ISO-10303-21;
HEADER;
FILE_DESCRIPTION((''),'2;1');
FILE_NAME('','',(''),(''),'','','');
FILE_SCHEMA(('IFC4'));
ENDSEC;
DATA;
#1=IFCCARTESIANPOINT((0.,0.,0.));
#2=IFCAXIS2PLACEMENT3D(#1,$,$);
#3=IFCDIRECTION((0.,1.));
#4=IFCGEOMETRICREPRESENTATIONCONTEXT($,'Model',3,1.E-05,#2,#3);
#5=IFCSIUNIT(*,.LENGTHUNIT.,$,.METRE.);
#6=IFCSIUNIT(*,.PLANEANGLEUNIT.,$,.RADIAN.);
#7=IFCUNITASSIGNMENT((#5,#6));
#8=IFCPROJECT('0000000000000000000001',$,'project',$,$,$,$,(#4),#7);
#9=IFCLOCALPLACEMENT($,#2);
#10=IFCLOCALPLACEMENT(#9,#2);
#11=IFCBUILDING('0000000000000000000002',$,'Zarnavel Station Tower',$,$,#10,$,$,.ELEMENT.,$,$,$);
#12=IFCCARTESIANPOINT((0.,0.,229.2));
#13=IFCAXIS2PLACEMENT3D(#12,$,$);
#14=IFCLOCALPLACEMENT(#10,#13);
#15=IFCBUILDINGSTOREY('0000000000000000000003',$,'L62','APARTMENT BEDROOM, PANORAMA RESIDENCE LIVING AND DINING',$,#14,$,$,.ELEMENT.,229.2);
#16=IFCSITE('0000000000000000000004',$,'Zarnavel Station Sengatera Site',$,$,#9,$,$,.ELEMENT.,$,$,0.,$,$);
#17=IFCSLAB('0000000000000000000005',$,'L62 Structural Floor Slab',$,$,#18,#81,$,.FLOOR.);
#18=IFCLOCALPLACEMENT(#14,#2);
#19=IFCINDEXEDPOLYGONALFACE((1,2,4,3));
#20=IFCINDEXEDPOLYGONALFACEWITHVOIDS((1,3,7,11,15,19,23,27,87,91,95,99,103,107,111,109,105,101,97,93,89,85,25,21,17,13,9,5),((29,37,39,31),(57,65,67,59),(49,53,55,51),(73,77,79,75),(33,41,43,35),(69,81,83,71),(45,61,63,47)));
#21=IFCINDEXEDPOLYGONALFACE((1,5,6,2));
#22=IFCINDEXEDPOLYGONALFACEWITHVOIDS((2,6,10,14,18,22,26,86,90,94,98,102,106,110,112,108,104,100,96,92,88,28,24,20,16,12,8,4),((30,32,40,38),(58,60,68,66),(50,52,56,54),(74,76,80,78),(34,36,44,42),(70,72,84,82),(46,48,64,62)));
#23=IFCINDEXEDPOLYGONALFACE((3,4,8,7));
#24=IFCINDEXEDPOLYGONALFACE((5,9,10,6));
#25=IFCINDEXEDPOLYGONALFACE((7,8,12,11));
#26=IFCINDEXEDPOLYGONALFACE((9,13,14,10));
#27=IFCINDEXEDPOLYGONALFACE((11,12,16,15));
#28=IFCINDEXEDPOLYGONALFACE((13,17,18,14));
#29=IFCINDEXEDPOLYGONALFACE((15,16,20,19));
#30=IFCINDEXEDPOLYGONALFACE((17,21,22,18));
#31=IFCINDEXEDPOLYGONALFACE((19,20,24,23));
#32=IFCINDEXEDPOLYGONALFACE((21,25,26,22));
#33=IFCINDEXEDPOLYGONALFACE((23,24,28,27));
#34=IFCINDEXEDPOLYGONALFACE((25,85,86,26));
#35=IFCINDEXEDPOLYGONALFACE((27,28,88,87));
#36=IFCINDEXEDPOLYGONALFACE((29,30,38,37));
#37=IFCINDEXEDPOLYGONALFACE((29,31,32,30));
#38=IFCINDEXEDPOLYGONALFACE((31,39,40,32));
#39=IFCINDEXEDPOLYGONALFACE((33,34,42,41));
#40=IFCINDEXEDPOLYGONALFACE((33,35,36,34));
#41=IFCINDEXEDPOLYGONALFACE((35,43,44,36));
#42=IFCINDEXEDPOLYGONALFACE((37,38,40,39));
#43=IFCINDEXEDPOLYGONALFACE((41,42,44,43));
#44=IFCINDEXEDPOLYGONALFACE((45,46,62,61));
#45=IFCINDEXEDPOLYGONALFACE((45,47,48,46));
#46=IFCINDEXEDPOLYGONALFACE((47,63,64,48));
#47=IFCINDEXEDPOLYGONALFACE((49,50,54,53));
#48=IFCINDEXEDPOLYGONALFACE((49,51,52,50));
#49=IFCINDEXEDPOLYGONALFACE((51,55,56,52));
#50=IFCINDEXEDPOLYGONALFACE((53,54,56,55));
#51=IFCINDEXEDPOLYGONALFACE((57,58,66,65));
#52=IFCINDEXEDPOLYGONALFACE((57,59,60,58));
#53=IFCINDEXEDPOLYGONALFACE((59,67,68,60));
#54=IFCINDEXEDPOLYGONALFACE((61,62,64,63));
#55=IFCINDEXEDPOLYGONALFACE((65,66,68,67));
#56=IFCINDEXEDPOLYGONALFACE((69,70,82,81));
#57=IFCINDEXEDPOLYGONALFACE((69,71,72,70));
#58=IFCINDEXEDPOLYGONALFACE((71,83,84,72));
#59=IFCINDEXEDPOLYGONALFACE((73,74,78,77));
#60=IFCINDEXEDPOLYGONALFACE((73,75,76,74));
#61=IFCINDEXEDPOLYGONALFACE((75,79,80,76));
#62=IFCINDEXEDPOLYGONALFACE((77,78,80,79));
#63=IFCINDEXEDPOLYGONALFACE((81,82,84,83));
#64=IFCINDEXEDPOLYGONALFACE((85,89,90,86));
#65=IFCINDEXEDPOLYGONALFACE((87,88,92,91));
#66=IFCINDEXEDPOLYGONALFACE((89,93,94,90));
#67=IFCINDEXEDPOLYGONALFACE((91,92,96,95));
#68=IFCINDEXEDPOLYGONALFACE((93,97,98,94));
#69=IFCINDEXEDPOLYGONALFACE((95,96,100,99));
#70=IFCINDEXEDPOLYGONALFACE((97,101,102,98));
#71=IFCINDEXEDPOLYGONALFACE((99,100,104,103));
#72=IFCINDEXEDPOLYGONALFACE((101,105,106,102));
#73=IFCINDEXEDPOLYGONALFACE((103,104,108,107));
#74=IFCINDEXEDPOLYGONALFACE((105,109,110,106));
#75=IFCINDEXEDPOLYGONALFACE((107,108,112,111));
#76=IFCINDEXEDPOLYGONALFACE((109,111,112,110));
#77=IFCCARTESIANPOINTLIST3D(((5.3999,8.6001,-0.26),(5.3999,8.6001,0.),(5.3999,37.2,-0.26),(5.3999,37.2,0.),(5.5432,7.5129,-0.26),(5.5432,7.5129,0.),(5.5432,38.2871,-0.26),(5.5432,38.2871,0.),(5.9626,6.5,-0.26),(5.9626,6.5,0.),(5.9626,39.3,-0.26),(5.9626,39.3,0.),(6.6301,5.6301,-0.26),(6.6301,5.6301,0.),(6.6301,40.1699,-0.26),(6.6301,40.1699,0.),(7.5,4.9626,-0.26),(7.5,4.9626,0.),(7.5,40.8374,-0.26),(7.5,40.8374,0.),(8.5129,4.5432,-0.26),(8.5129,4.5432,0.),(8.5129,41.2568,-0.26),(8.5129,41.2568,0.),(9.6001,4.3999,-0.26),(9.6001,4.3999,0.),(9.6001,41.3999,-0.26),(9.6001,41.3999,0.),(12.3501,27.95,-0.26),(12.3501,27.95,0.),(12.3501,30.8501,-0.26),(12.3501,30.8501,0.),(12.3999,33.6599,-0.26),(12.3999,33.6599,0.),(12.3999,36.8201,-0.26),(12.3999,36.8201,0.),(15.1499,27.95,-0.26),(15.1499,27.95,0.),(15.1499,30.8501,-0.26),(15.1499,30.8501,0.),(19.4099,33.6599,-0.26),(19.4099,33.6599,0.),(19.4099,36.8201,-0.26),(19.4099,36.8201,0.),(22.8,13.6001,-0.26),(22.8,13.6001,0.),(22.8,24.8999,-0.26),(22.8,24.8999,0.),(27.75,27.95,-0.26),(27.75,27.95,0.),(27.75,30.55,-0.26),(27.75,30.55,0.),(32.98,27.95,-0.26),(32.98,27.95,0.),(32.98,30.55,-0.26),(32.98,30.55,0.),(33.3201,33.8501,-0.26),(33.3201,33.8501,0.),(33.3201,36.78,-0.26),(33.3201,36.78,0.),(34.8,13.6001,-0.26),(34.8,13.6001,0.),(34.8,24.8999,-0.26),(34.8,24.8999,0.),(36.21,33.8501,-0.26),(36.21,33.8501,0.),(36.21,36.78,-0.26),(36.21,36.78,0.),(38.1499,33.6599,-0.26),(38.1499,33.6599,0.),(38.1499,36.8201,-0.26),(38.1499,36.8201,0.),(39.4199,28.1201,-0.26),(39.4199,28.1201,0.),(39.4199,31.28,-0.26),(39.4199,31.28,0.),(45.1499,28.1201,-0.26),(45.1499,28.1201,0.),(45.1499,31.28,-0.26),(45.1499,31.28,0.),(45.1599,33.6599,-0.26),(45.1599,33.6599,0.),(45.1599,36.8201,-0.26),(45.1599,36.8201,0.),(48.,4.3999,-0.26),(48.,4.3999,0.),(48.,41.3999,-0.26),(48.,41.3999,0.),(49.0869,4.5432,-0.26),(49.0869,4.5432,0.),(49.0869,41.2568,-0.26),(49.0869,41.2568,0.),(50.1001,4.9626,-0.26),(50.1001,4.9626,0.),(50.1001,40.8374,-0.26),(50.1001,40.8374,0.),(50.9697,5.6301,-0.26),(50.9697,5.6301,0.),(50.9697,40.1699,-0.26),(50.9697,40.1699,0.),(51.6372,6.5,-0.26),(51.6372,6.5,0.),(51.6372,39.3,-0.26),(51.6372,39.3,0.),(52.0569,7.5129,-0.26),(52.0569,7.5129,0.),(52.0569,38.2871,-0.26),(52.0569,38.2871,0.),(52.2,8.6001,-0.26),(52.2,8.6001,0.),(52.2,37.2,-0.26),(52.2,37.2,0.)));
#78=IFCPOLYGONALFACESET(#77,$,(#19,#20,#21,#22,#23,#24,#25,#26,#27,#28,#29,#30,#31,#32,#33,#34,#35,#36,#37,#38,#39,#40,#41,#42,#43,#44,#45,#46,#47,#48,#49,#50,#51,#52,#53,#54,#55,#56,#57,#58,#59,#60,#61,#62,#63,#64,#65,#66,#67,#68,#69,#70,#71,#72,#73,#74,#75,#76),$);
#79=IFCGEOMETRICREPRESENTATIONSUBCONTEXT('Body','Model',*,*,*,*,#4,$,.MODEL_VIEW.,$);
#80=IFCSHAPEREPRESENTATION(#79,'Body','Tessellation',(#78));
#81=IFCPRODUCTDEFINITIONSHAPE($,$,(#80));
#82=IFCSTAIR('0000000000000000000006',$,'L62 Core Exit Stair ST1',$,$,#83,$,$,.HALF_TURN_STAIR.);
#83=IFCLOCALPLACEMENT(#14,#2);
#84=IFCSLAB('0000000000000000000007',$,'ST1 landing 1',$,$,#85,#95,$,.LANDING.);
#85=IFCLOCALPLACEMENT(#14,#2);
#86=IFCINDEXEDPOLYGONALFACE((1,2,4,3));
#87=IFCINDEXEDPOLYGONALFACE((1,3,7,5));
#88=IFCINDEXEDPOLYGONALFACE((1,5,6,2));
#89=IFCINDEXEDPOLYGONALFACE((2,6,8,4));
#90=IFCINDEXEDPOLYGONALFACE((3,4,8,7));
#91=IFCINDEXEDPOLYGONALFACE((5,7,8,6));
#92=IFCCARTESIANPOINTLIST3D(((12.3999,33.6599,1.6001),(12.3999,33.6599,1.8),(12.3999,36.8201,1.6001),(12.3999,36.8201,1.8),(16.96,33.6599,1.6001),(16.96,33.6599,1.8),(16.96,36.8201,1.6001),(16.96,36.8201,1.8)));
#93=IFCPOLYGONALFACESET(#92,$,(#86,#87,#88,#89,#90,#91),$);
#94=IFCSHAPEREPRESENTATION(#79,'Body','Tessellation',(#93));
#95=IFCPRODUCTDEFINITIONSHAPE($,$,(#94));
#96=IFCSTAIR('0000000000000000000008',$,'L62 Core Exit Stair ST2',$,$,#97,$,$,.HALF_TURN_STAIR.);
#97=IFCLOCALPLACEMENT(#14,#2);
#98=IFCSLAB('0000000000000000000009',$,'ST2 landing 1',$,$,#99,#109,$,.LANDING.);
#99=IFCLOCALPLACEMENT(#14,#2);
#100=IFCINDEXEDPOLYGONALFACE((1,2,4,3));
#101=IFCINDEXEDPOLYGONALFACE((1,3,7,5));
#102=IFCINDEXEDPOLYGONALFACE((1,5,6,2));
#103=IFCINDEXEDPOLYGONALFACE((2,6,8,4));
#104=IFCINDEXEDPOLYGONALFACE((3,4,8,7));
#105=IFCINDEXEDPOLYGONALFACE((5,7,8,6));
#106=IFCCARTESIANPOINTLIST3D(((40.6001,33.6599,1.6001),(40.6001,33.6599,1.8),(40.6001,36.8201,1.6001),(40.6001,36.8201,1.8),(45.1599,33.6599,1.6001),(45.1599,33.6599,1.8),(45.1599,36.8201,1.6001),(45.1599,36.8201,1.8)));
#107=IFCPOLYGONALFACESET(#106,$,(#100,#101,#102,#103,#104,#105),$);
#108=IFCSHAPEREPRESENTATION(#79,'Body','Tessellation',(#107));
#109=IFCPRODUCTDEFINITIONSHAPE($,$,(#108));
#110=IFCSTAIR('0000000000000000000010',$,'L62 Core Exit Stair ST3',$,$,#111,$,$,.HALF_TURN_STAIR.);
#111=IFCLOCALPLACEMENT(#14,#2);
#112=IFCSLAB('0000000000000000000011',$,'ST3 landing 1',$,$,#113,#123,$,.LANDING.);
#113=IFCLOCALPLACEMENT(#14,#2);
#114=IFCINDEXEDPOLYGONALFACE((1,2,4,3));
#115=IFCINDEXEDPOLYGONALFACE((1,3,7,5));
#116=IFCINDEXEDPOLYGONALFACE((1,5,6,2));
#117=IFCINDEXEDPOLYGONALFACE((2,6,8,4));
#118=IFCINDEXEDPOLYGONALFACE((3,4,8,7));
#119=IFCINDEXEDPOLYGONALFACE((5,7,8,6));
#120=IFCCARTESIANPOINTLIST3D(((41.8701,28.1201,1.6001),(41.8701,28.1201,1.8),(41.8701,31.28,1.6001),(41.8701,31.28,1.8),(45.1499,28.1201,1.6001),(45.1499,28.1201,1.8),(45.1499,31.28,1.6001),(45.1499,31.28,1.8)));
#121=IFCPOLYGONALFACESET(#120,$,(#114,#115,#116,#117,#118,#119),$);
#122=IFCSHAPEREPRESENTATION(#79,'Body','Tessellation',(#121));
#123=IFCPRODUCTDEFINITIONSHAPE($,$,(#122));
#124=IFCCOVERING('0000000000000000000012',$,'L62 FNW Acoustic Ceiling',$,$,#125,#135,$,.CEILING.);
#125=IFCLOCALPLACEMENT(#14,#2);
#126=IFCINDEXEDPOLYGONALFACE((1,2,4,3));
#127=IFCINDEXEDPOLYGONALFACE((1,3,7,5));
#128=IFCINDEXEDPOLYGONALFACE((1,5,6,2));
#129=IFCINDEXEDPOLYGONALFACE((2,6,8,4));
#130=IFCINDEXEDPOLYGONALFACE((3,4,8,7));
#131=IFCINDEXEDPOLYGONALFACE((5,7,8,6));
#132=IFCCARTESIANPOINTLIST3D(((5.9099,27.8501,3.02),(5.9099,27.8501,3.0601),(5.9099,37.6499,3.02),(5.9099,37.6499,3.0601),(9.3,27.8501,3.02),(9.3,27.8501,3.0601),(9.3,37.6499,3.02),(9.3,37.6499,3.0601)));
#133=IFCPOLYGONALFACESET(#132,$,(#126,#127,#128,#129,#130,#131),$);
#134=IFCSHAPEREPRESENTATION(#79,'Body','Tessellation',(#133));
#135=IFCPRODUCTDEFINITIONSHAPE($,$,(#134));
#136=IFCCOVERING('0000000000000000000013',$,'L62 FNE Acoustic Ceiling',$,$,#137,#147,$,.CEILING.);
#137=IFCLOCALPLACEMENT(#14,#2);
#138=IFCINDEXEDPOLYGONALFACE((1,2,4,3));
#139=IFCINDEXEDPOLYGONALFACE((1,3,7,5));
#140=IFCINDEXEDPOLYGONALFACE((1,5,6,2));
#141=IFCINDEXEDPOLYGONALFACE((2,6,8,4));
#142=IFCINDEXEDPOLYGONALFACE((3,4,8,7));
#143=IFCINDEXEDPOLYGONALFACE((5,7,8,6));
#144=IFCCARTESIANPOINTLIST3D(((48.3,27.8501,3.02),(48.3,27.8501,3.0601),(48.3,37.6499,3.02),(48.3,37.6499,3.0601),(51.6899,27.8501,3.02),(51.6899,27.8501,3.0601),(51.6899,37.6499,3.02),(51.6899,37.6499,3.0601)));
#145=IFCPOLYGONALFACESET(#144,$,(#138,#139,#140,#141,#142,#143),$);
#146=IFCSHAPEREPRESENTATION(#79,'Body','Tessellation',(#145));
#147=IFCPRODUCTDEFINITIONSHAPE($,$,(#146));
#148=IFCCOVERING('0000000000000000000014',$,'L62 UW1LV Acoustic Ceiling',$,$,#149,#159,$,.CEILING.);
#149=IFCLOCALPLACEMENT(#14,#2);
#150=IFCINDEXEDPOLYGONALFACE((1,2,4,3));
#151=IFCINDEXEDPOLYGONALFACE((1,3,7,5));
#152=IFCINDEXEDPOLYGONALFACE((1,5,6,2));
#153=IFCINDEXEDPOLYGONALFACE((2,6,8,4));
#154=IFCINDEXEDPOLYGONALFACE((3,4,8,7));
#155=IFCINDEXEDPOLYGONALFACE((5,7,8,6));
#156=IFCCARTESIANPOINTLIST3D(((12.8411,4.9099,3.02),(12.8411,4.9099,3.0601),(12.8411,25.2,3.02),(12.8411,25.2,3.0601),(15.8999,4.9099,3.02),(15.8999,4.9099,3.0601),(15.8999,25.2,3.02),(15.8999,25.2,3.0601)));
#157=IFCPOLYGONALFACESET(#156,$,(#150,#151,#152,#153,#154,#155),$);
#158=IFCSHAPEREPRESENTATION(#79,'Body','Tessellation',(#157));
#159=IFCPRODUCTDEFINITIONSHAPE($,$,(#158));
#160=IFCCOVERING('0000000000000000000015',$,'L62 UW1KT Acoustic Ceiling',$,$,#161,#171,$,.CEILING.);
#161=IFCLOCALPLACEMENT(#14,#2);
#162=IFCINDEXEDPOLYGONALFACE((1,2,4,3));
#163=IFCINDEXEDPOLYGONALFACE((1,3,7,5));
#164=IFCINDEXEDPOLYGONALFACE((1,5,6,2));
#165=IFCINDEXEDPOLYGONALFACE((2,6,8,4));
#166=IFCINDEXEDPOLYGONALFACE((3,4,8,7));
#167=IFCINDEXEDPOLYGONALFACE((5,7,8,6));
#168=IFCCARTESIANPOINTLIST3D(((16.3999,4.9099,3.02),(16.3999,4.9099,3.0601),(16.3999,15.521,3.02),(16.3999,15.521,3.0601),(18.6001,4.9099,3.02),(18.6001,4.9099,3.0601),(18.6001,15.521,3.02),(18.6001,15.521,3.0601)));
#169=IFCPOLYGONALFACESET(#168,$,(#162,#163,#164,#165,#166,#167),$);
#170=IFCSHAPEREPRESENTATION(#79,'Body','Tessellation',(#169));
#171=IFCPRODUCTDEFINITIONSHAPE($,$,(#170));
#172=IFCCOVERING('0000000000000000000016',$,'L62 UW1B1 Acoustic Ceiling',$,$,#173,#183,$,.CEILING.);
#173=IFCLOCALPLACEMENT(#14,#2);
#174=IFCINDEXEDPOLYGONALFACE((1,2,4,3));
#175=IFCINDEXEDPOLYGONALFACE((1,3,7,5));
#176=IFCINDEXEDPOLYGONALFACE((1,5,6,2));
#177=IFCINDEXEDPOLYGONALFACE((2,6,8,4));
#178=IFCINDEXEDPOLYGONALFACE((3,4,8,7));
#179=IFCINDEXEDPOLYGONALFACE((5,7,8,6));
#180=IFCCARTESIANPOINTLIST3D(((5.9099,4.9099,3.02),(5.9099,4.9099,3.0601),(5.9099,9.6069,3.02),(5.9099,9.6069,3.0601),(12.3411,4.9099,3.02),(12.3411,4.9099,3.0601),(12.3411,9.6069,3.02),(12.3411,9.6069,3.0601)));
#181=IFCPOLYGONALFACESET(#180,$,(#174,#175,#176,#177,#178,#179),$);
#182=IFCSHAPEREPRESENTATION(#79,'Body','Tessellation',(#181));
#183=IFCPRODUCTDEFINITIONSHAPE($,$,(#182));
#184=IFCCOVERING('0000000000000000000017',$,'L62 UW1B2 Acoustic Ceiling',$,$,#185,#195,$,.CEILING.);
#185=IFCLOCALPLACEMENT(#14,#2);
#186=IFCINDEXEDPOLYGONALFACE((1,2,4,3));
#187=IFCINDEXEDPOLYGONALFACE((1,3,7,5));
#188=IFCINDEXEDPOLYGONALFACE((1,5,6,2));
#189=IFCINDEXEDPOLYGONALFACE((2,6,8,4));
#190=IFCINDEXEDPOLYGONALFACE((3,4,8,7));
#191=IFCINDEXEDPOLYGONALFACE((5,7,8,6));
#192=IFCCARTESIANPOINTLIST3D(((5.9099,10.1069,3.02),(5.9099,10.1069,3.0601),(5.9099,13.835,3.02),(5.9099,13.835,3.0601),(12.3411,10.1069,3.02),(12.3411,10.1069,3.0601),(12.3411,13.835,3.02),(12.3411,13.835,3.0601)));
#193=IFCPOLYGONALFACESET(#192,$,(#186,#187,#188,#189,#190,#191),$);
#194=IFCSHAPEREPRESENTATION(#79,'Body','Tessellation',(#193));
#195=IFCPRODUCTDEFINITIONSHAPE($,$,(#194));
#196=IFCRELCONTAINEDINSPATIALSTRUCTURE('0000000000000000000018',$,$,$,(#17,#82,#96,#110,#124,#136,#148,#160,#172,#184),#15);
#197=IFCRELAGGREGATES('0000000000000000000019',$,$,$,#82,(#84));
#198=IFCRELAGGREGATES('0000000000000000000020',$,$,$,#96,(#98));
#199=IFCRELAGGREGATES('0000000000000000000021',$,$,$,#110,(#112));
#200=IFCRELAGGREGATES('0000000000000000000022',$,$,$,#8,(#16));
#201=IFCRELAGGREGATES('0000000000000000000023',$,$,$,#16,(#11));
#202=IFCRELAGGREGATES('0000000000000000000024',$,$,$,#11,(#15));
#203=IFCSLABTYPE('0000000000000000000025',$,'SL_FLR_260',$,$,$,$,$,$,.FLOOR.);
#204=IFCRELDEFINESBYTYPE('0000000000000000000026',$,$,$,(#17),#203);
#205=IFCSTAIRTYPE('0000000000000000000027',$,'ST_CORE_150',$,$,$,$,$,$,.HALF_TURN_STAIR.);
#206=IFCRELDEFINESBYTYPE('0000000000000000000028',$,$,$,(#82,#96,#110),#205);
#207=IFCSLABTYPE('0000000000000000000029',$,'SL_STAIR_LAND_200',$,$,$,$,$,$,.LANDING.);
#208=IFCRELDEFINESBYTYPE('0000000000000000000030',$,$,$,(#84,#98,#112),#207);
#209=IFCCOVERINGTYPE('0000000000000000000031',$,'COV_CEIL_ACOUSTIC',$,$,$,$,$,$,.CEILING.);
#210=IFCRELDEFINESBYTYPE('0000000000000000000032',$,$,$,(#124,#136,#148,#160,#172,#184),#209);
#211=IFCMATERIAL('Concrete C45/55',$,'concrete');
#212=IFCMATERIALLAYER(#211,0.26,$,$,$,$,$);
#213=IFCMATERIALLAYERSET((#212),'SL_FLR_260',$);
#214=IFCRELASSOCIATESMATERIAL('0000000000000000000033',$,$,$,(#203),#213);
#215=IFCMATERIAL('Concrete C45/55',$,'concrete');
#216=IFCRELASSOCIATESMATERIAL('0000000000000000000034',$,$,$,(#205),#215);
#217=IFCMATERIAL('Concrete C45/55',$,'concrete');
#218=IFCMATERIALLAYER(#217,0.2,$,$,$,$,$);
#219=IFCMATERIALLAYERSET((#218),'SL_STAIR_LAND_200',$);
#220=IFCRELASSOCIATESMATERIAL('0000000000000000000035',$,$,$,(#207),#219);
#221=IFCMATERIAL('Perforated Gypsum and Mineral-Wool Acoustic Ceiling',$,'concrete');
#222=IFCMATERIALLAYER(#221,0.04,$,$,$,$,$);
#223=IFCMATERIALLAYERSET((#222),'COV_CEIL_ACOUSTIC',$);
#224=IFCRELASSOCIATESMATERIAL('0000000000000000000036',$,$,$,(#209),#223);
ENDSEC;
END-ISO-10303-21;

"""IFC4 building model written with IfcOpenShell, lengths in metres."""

from ifc_helpers import new_model, si_unit, direction, frame, origin, place, context, subcontext, project, spatial, polyline, outline, extrude, material, layer, layer_set, type_object, element, aggregate, save


model = new_model("IFC4")

# Units and contexts
model_context = context("Model", 3, precision=1e-05, world=origin(), true_north=direction((0.0, 1.0)))
body_context = subcontext(model_context, "Body", "Model", "MODEL_VIEW")
ifc_project = project(units=[si_unit("LENGTHUNIT", "METRE"), si_unit("PLANEANGLEUNIT", "RADIAN")], contexts=[model_context])

# Site, building, storey
site_placement = place(None, origin())
site = spatial("IfcSite", under=ifc_project, at=site_placement, Name="Zarnavel Station Sengatera Site", CompositionType="ELEMENT", RefElevation=0.0)
building_placement = place(site_placement, origin())
building = spatial("IfcBuilding", under=site, at=building_placement, Name="Zarnavel Station Tower", CompositionType="ELEMENT")
storey_placement = place(building_placement, frame((0.0, 0.0, 229.2)))
storey = spatial("IfcBuildingStorey", under=building, at=storey_placement, Name="L62", Description="APARTMENT BEDROOM, PANORAMA RESIDENCE LIVING AND DINING", CompositionType="ELEMENT", Elevation=229.2)

# Slab
ifc_material_1 = material(Name="Concrete C45/55", Category="concrete")
ifc_layer_1 = layer(ifc_material_1, 0.26)
ifc_layer_set_1 = layer_set([ifc_layer_1], Name="SL_FLR_260")
slab_type_1 = type_object("IfcSlabType", Name="SL_FLR_260", PredefinedType="FLOOR", material=ifc_layer_set_1)
slab_1_placement = place(storey_placement, frame((0.0, 0.0, -0.26)))
element("IfcSlab", 1, at=slab_1_placement, inside=storey, type_object=slab_type_1, Name="L62 Structural Floor Slab", PredefinedType="FLOOR", context=body_context, shape_type="SweptSolid", body=[
    extrude(outline(polyline([(48.0, 4.3999), (49.0869, 4.5432), (50.1001, 4.9626), (50.9697, 5.6301), (51.6372, 6.5), (52.0569, 7.5129), (52.2, 8.6001), (52.2, 37.2), (52.0569, 38.2871), (51.6372, 39.3), (50.9697, 40.1699), (50.1001, 40.8374), (49.0869, 41.2568), (48.0, 41.3999), (9.6001, 41.3999), (8.5129, 41.2568), (7.5, 40.8374), (6.6301, 40.1699), (5.9626, 39.3), (5.5432, 38.2871), (5.3999, 37.2), (5.3999, 8.6001), (5.5432, 7.5129), (5.9626, 6.5), (6.6301, 5.6301), (7.5, 4.9626), (8.5129, 4.5432), (9.6001, 4.3999), (48.0, 4.3999)]), holes=[polyline([(12.3999, 33.6599), (19.4099, 33.6599), (19.4099, 36.8201), (12.3999, 36.8201), (12.3999, 33.6599)]), polyline([(38.1499, 33.6599), (45.1599, 33.6599), (45.1599, 36.8201), (38.1499, 36.8201), (38.1499, 33.6599)]), polyline([(39.4199, 28.1201), (45.1499, 28.1201), (45.1499, 31.28), (39.4199, 31.28), (39.4199, 28.1201)]), polyline([(12.3501, 27.95), (15.1499, 27.95), (15.1499, 30.8501), (12.3501, 30.8501), (12.3501, 27.95)]), polyline([(33.3201, 33.8501), (36.21, 33.8501), (36.21, 36.78), (33.3201, 36.78), (33.3201, 33.8501)]), polyline([(27.75, 27.95), (32.98, 27.95), (32.98, 30.55), (27.75, 30.55), (27.75, 27.95)]), polyline([(22.8, 13.6001), (34.8, 13.6001), (34.8, 24.8999), (22.8, 24.8999), (22.8, 13.6001)])]), origin(), (0.0, 0.0, 1.0), 0.26),
])

# Stairs, slabs
ifc_material_2 = material(Name="Concrete C45/55", Category="concrete")
stair_type = type_object("IfcStairType", Name="ST_CORE_150", PredefinedType="HALF_TURN_STAIR", material=ifc_material_2)
stair_1_placement = place(storey_placement, origin())
stair_1 = element("IfcStair", 2, at=stair_1_placement, inside=storey, type_object=stair_type, Name="L62 Core Exit Stair ST1", PredefinedType="HALF_TURN_STAIR")
ifc_material_3 = material(Name="Concrete C45/55", Category="concrete")
ifc_layer_2 = layer(ifc_material_3, 0.2)
ifc_layer_set_2 = layer_set([ifc_layer_2], Name="SL_STAIR_LAND_200")
slab_type_2 = type_object("IfcSlabType", Name="SL_STAIR_LAND_200", PredefinedType="LANDING", material=ifc_layer_set_2)
slab_2_placement = place(storey_placement, frame((0.0, 0.0, 1.6001)))
slab_2 = element("IfcSlab", 3, at=slab_2_placement, type_object=slab_type_2, Name="ST1 landing 1", PredefinedType="LANDING", context=body_context, shape_type="SweptSolid", body=[
    extrude(outline(polyline([(16.96, 36.8201), (12.3999, 36.8201), (12.3999, 33.6599), (16.96, 33.6599), (16.96, 36.8201)])), origin(), (0.0, 0.0, 1.0), 0.2),
])
aggregate(stair_1, [slab_2])
stair_2_placement = place(storey_placement, origin())
stair_2 = element("IfcStair", 4, at=stair_2_placement, inside=storey, type_object=stair_type, Name="L62 Core Exit Stair ST2", PredefinedType="HALF_TURN_STAIR")
slab_3_placement = place(storey_placement, frame((0.0, 0.0, 1.6001)))
slab_3 = element("IfcSlab", 5, at=slab_3_placement, type_object=slab_type_2, Name="ST2 landing 1", PredefinedType="LANDING", context=body_context, shape_type="SweptSolid", body=[
    extrude(outline(polyline([(40.6001, 33.6599), (45.1599, 33.6599), (45.1599, 36.8201), (40.6001, 36.8201), (40.6001, 33.6599)])), origin(), (0.0, 0.0, 1.0), 0.2),
])
aggregate(stair_2, [slab_3])
stair_3_placement = place(storey_placement, origin())
stair_3 = element("IfcStair", 6, at=stair_3_placement, inside=storey, type_object=stair_type, Name="L62 Core Exit Stair ST3", PredefinedType="HALF_TURN_STAIR")
slab_4_placement = place(storey_placement, frame((0.0, 0.0, 1.6001)))
slab_4 = element("IfcSlab", 7, at=slab_4_placement, type_object=slab_type_2, Name="ST3 landing 1", PredefinedType="LANDING", context=body_context, shape_type="SweptSolid", body=[
    extrude(outline(polyline([(41.8701, 28.1201), (45.1499, 28.1201), (45.1499, 31.28), (41.8701, 31.28), (41.8701, 28.1201)])), origin(), (0.0, 0.0, 1.0), 0.2),
])
aggregate(stair_3, [slab_4])

# Coverings
ifc_material_4 = material(Name="Perforated Gypsum and Mineral-Wool Acoustic Ceiling", Category="concrete")
ifc_layer_3 = layer(ifc_material_4, 0.04)
ifc_layer_set_3 = layer_set([ifc_layer_3], Name="COV_CEIL_ACOUSTIC")
covering_type_1 = type_object("IfcCoveringType", Name="COV_CEIL_ACOUSTIC", PredefinedType="CEILING", material=ifc_layer_set_3)
covering_1_placement = place(storey_placement, frame((0.0, 0.0, 3.02)))
element("IfcCovering", 8, at=covering_1_placement, inside=storey, type_object=covering_type_1, Name="L62 FNW Acoustic Ceiling", PredefinedType="CEILING", context=body_context, shape_type="SweptSolid", body=[
    extrude(outline(polyline([(5.9099, 27.8501), (9.3, 27.8501), (9.3, 37.6499), (5.9099, 37.6499), (5.9099, 27.8501)])), origin(), (0.0, 0.0, 1.0), 0.04),
])
covering_2_placement = place(storey_placement, frame((0.0, 0.0, 3.02)))
element("IfcCovering", 9, at=covering_2_placement, inside=storey, type_object=covering_type_1, Name="L62 FNE Acoustic Ceiling", PredefinedType="CEILING", context=body_context, shape_type="SweptSolid", body=[
    extrude(outline(polyline([(48.3, 27.8501), (51.6899, 27.8501), (51.6899, 37.6499), (48.3, 37.6499), (48.3, 27.8501)])), origin(), (0.0, 0.0, 1.0), 0.04),
])
covering_3_placement = place(storey_placement, frame((0.0, 0.0, 3.02)))
element("IfcCovering", 10, at=covering_3_placement, inside=storey, type_object=covering_type_1, Name="L62 UW1LV Acoustic Ceiling", PredefinedType="CEILING", context=body_context, shape_type="SweptSolid", body=[
    extrude(outline(polyline([(12.8411, 4.9099), (15.8999, 4.9099), (15.8999, 25.2), (12.8411, 25.2), (12.8411, 4.9099)])), origin(), (0.0, 0.0, 1.0), 0.04),
])
covering_4_placement = place(storey_placement, frame((0.0, 0.0, 3.02)))
element("IfcCovering", 11, at=covering_4_placement, inside=storey, type_object=covering_type_1, Name="L62 UW1KT Acoustic Ceiling", PredefinedType="CEILING", context=body_context, shape_type="SweptSolid", body=[
    extrude(outline(polyline([(16.3999, 4.9099), (18.6001, 4.9099), (18.6001, 15.521), (16.3999, 15.521), (16.3999, 4.9099)])), origin(), (0.0, 0.0, 1.0), 0.04),
])
covering_5_placement = place(storey_placement, frame((0.0, 0.0, 3.02)))
element("IfcCovering", 12, at=covering_5_placement, inside=storey, type_object=covering_type_1, Name="L62 UW1B1 Acoustic Ceiling", PredefinedType="CEILING", context=body_context, shape_type="SweptSolid", body=[
    extrude(outline(polyline([(5.9099, 4.9099), (12.3411, 4.9099), (12.3411, 9.6069), (5.9099, 9.6069), (5.9099, 4.9099)])), origin(), (0.0, 0.0, 1.0), 0.04),
])
covering_6_placement = place(storey_placement, frame((0.0, 0.0, 3.02)))
element("IfcCovering", 13, at=covering_6_placement, inside=storey, type_object=covering_type_1, Name="L62 UW1B2 Acoustic Ceiling", PredefinedType="CEILING", context=body_context, shape_type="SweptSolid", body=[
    extrude(outline(polyline([(5.9099, 10.1069), (12.3411, 10.1069), (12.3411, 13.835), (5.9099, 13.835), (5.9099, 10.1069)])), origin(), (0.0, 0.0, 1.0), 0.04),
])

save(model, "model.ifc")
